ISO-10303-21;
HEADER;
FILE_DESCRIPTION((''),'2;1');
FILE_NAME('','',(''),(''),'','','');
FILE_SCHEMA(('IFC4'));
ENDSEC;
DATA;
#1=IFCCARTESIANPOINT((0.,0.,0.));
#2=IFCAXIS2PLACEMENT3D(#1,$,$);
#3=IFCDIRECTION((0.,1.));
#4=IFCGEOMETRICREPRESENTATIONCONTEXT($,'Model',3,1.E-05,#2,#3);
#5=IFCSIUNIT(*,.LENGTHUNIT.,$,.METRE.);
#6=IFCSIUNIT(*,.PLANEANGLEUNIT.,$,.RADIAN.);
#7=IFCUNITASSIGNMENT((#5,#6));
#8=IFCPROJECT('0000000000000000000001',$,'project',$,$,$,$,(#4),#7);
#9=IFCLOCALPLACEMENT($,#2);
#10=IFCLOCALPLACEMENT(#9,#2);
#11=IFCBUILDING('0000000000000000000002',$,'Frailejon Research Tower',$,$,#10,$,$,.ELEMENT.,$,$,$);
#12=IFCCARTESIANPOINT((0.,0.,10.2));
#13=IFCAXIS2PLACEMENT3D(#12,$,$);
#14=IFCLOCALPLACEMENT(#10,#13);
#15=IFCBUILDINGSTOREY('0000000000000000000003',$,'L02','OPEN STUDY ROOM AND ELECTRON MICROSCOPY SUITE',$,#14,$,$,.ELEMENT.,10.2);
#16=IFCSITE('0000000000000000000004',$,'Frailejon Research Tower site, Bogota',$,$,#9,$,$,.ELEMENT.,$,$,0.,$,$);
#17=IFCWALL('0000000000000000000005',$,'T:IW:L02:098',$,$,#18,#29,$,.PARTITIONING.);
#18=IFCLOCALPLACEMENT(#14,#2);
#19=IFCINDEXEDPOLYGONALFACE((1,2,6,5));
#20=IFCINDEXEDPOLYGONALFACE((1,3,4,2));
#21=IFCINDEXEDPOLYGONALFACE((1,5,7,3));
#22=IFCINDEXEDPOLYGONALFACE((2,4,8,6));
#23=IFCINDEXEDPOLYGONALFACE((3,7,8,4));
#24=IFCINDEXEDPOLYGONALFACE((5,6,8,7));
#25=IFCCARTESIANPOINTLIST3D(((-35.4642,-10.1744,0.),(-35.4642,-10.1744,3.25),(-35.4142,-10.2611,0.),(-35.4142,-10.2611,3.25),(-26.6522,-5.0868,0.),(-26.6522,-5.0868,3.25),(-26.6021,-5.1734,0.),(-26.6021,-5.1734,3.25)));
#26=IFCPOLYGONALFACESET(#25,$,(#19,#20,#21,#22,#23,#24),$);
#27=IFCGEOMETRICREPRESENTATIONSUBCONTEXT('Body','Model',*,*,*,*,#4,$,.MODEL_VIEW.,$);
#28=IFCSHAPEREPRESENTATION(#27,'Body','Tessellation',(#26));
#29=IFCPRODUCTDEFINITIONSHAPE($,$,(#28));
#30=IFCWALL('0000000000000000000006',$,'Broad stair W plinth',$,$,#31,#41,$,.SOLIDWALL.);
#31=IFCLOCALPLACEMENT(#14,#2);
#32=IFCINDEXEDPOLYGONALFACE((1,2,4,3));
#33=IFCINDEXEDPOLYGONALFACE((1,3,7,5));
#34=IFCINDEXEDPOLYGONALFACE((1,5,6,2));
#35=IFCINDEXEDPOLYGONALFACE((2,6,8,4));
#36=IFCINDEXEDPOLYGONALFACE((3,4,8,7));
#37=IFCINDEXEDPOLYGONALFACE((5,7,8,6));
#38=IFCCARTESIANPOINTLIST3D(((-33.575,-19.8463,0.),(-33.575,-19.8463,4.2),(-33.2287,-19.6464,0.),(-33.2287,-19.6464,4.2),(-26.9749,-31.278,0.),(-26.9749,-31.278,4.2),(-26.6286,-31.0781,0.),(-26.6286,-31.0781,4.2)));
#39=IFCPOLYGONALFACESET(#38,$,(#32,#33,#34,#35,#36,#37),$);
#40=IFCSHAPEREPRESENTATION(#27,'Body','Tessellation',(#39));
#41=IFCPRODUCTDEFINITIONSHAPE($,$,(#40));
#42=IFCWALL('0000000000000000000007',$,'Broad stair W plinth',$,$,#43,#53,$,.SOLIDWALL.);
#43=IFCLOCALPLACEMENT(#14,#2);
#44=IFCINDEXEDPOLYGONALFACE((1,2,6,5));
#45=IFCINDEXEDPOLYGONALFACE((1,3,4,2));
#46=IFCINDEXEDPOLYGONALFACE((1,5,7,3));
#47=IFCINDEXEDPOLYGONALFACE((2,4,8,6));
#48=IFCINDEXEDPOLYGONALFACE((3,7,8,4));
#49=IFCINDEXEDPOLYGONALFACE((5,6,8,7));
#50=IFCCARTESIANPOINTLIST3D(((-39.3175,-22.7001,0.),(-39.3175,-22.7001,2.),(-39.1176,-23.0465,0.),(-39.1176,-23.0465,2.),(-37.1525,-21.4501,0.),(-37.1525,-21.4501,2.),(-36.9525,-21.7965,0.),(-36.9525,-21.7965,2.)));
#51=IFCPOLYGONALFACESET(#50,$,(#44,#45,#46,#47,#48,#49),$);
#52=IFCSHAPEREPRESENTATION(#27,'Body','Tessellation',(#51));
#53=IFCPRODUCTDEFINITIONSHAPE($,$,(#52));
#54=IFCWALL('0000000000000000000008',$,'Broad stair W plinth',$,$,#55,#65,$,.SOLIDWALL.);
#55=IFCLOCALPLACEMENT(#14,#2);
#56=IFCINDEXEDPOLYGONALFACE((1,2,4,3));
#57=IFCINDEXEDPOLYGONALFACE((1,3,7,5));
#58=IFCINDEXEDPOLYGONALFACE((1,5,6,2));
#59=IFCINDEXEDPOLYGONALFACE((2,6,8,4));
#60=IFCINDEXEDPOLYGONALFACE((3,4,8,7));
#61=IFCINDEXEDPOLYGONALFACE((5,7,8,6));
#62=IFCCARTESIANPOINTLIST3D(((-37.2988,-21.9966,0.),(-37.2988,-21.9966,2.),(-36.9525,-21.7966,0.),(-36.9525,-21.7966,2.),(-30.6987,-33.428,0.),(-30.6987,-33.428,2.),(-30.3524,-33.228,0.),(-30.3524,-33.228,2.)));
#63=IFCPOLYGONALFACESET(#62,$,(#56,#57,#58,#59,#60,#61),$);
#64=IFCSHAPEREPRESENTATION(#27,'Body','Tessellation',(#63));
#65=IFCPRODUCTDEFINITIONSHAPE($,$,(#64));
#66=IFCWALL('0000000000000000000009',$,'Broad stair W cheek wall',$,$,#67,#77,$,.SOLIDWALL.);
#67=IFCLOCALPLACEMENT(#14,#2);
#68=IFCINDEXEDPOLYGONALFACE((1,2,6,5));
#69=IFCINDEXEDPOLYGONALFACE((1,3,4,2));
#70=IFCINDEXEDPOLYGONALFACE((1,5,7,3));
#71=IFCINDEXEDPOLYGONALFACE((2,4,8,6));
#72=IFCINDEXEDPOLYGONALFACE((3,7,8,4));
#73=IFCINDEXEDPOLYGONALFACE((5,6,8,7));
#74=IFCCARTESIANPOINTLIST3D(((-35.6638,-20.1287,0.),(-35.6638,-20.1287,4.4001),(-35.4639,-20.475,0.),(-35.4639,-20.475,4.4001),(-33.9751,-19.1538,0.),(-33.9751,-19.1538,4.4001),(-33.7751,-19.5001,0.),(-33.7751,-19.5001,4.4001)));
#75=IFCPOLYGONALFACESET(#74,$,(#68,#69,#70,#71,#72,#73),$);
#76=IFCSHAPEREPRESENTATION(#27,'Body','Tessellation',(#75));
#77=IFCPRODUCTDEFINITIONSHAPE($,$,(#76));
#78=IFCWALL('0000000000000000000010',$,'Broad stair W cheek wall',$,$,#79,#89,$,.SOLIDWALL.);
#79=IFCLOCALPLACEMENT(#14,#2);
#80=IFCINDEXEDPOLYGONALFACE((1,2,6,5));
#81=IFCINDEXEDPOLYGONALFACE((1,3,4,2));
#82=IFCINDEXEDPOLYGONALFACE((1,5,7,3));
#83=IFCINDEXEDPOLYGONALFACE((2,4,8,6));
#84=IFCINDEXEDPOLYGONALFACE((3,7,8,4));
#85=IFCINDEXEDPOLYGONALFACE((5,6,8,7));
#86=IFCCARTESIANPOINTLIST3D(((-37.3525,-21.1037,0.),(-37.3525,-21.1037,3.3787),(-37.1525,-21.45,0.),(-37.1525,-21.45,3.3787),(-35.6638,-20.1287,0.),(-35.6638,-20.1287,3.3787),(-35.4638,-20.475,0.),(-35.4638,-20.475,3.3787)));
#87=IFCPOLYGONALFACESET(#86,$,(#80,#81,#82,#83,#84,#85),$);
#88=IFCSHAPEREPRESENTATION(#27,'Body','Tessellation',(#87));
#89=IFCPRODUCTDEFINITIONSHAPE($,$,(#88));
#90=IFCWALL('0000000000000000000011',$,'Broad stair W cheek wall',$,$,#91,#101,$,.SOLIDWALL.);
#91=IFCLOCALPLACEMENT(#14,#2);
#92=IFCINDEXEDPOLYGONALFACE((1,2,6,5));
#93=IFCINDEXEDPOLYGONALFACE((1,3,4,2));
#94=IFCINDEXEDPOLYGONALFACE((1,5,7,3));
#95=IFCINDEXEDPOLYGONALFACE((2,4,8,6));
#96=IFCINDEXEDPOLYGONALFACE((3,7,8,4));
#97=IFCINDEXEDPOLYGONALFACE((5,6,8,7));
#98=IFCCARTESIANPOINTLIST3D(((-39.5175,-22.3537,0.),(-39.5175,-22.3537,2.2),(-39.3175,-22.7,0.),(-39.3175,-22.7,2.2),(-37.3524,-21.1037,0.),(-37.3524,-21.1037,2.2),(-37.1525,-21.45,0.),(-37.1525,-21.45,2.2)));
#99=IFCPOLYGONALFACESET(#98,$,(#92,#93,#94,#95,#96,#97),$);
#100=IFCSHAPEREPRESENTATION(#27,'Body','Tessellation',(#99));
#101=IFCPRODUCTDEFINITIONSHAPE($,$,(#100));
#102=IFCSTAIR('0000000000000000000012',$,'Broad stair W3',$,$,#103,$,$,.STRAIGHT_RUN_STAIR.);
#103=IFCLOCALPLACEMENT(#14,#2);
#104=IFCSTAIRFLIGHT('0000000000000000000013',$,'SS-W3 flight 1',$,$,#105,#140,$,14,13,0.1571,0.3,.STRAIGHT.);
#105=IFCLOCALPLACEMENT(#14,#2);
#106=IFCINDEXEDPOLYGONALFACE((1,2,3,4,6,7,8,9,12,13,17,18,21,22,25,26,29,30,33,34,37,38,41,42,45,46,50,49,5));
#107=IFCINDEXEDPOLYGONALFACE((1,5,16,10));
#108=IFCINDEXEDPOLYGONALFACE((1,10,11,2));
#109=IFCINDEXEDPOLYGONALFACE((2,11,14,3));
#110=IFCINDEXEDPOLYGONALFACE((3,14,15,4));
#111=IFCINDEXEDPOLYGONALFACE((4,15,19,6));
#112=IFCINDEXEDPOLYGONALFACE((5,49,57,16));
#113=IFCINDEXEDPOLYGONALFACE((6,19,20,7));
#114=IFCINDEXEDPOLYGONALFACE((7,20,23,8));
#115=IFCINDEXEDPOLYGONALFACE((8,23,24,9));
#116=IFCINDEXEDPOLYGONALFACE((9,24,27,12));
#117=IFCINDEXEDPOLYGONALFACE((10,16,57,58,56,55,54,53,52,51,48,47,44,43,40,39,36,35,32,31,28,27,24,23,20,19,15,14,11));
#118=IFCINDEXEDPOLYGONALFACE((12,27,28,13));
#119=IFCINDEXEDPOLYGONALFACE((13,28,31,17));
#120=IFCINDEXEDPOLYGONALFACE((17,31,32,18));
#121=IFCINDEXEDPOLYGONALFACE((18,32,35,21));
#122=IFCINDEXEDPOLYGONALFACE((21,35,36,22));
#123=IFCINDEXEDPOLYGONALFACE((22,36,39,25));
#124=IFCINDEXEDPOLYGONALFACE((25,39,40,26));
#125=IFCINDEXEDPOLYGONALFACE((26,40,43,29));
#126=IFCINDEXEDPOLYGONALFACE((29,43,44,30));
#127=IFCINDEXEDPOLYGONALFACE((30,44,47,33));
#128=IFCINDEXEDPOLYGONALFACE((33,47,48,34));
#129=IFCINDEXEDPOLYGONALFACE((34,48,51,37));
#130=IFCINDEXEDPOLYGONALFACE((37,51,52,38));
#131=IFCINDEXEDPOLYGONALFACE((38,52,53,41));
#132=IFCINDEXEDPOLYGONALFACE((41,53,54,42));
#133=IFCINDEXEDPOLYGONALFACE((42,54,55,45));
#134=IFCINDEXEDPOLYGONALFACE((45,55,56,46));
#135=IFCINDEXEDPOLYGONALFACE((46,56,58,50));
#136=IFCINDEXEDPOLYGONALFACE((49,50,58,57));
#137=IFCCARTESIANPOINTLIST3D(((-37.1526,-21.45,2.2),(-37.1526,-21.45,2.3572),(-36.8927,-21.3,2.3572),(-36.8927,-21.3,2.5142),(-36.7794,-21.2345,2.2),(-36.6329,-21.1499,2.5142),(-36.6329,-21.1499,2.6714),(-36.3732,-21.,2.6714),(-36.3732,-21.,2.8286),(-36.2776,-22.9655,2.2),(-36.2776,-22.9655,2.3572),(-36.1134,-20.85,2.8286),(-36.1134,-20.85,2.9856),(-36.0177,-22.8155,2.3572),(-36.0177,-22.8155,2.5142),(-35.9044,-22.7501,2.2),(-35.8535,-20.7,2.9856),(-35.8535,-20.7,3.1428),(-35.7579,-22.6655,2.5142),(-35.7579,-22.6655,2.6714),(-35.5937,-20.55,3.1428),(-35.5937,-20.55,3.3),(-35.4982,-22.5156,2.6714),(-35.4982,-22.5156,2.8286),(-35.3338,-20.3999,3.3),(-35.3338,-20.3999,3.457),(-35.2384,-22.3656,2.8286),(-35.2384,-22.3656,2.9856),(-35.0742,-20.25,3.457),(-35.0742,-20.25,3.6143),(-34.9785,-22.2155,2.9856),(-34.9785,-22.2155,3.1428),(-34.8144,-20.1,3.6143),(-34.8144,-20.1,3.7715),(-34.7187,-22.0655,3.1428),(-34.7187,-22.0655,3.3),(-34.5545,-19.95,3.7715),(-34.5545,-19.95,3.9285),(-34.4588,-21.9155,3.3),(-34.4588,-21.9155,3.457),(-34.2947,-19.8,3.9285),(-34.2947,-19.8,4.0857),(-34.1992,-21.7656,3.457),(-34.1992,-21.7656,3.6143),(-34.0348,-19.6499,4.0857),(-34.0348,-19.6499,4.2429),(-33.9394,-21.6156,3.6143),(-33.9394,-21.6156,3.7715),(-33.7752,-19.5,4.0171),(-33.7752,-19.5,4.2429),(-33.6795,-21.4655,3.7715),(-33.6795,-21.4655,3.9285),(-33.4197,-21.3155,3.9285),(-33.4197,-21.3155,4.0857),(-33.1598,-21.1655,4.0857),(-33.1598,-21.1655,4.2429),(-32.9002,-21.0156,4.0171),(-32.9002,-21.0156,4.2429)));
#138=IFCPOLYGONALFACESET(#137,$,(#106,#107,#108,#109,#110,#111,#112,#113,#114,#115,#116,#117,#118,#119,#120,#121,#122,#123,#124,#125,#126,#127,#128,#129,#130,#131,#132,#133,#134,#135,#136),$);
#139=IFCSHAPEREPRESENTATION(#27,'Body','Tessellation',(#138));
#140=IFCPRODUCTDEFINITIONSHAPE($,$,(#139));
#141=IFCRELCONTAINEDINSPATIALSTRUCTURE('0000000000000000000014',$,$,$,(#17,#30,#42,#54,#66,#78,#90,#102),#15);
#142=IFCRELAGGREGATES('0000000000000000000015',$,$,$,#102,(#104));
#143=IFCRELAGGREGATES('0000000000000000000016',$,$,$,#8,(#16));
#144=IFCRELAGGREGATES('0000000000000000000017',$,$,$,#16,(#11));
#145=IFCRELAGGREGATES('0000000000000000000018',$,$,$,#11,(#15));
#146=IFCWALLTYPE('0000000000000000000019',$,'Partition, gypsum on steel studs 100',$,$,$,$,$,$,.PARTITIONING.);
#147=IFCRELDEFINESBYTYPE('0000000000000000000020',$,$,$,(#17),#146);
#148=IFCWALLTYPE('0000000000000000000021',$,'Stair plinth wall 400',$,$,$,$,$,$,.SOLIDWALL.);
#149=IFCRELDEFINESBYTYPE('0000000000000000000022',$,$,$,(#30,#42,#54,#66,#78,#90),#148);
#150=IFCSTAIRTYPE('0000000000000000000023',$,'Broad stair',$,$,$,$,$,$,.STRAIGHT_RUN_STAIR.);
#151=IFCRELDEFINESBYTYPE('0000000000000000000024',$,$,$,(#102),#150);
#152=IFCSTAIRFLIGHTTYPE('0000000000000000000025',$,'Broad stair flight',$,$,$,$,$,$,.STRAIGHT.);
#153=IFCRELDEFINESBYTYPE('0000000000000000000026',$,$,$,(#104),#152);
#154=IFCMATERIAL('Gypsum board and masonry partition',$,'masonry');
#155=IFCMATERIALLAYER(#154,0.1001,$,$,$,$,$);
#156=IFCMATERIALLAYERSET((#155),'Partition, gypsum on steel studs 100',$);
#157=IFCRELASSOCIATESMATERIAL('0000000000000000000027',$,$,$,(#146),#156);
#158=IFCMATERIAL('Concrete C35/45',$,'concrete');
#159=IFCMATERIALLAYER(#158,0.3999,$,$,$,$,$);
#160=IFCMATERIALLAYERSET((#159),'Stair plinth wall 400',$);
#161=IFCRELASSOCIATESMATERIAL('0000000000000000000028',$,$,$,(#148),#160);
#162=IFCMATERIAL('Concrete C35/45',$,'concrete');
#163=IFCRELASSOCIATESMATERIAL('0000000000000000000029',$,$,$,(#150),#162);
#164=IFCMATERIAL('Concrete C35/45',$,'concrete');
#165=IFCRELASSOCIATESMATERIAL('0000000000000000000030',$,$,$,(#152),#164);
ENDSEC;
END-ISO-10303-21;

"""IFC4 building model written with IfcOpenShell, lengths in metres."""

from ifc_helpers import new_model, si_unit, direction, frame, frame_2d, origin, place, context, subcontext, project, spatial, polyline, rectangle, outline, extrude, material, layer, layer_set, type_object, element, aggregate, save


model = new_model("IFC4")

# Units and contexts
model_context = context("Model", 3, precision=1e-05, world=origin(), true_north=direction((0.0, 1.0)))
body_context = subcontext(model_context, "Body", "Model", "MODEL_VIEW")
ifc_project = project(units=[si_unit("LENGTHUNIT", "METRE"), si_unit("PLANEANGLEUNIT", "RADIAN")], contexts=[model_context])

# Site, building, storey
site_placement = place(None, origin())
site = spatial("IfcSite", under=ifc_project, at=site_placement, Name="Frailejon Research Tower site, Bogota", CompositionType="ELEMENT", RefElevation=0.0)
building_placement = place(site_placement, origin())
building = spatial("IfcBuilding", under=site, at=building_placement, Name="Frailejon Research Tower", CompositionType="ELEMENT")
storey_placement = place(building_placement, frame((0.0, 0.0, 10.2)))
storey = spatial("IfcBuildingStorey", under=building, at=storey_placement, Name="L02", Description="OPEN STUDY ROOM AND ELECTRON MICROSCOPY SUITE", CompositionType="ELEMENT", Elevation=10.2)

# Shared definitions
ifc_material_1 = material(Name="Gypsum board and masonry partition", Category="masonry")
ifc_layer_1 = layer(ifc_material_1, 0.1001)
ifc_layer_set_1 = layer_set([ifc_layer_1], Name="Partition, gypsum on steel studs 100")
wall_type_1 = type_object("IfcWallType", Name="Partition, gypsum on steel studs 100", PredefinedType="PARTITIONING", material=ifc_layer_set_1)

# Walls
wall_1_placement = place(storey_placement, frame((-35.4392, -10.2178, 0.0), z_axis=(0.0, 0.0, 1.0), x_axis=(0.866024, 0.500002, 0.0)))
element("IfcWall", 1, at=wall_1_placement, inside=storey, type_object=wall_type_1, Name="T:IW:L02:098", PredefinedType="PARTITIONING", context=body_context, shape_type="SweptSolid", body=[
    extrude(rectangle(XDim=10.1753, YDim=0.1001, at=frame_2d((5.0876, 0.0))), origin(), (0.0, 0.0, 1.0), 3.25),
])
ifc_material_2 = material(Name="Concrete C35/45", Category="concrete")
ifc_layer_2 = layer(ifc_material_2, 0.3999)
ifc_layer_set_2 = layer_set([ifc_layer_2], Name="Stair plinth wall 400")
wall_type_2 = type_object("IfcWallType", Name="Stair plinth wall 400", PredefinedType="SOLIDWALL", material=ifc_layer_set_2)
wall_2_placement = place(storey_placement, frame((-33.4019, -19.7463, 0.0), z_axis=(0.0, 0.0, 1.0), x_axis=(0.500002, -0.866024, 0.0)))
element("IfcWall", 2, at=wall_2_placement, inside=storey, type_object=wall_type_2, Name="Broad stair W plinth", PredefinedType="SOLIDWALL", context=body_context, shape_type="SweptSolid", body=[
    extrude(rectangle(XDim=13.2002, YDim=0.3999, at=frame_2d((6.6001, 0.0))), origin(), (0.0, 0.0, 1.0), 4.2),
])
wall_3_placement = place(storey_placement, frame((-37.0525, -21.6233, 0.0), z_axis=(0.0, 0.0, 1.0), x_axis=(-0.866023, -0.500004, 0.0)))
element("IfcWall", 3, at=wall_3_placement, inside=storey, type_object=wall_type_2, Name="Broad stair W plinth", PredefinedType="SOLIDWALL", context=body_context, shape_type="SweptSolid", body=[
    extrude(rectangle(XDim=2.5, YDim=0.3999, at=frame_2d((1.25, 0.0))), origin(), (0.0, 0.0, 1.0), 2.0),
])
wall_4_placement = place(storey_placement, frame((-37.1257, -21.8965, 0.0), z_axis=(0.0, 0.0, 1.0), x_axis=(0.50001, -0.86602, 0.0)))
element("IfcWall", 4, at=wall_4_placement, inside=storey, type_object=wall_type_2, Name="Broad stair W plinth", PredefinedType="SOLIDWALL", context=body_context, shape_type="SweptSolid", body=[
    extrude(rectangle(XDim=13.2, YDim=0.3999, at=frame_2d((6.6001, 0.0))), origin(), (0.0, 0.0, 1.0), 2.0),
])
wall_5_placement = place(storey_placement, frame((-33.875, -19.3269, 0.0), z_axis=(0.0, 0.0, 1.0), x_axis=(-0.866054, -0.49995, 0.0)))
element("IfcWall", 5, at=wall_5_placement, inside=storey, type_object=wall_type_2, Name="Broad stair W cheek wall", PredefinedType="SOLIDWALL", context=body_context, shape_type="SweptSolid", body=[
    extrude(rectangle(XDim=1.95, YDim=0.3999, at=frame_2d((0.9751, 0.0))), origin(), (0.0, 0.0, 1.0), 4.4001),
])
wall_6_placement = place(storey_placement, frame((-35.5637, -20.3018, 0.0), z_axis=(0.0, 0.0, 1.0), x_axis=(-0.866, -0.500044, 0.0)))
element("IfcWall", 6, at=wall_6_placement, inside=storey, type_object=wall_type_2, Name="Broad stair W cheek wall", PredefinedType="SOLIDWALL", context=body_context, shape_type="SweptSolid", body=[
    extrude(rectangle(XDim=1.95, YDim=0.3999, at=frame_2d((0.9751, 0.0))), origin(), (0.0, 0.0, 1.0), 3.3787),
])
wall_7_placement = place(storey_placement, frame((-37.2524, -21.2769, 0.0), z_axis=(0.0, 0.0, 1.0), x_axis=(-0.866023, -0.500004, 0.0)))
element("IfcWall", 7, at=wall_7_placement, inside=storey, type_object=wall_type_2, Name="Broad stair W cheek wall", PredefinedType="SOLIDWALL", context=body_context, shape_type="SweptSolid", body=[
    extrude(rectangle(XDim=2.5, YDim=0.3999, at=frame_2d((1.25, 0.0))), origin(), (0.0, 0.0, 1.0), 2.2),
])

# Stair, stair flight
ifc_material_3 = material(Name="Concrete C35/45", Category="concrete")
stair_type = type_object("IfcStairType", Name="Broad stair", PredefinedType="STRAIGHT_RUN_STAIR", material=ifc_material_3)
stair_placement = place(storey_placement, origin())
stair = element("IfcStair", 8, at=stair_placement, inside=storey, type_object=stair_type, Name="Broad stair W3", PredefinedType="STRAIGHT_RUN_STAIR")
ifc_material_4 = material(Name="Concrete C35/45", Category="concrete")
stair_flight_type = type_object("IfcStairFlightType", Name="Broad stair flight", PredefinedType="STRAIGHT", material=ifc_material_4)
stair_flight_placement = place(storey_placement, frame((-36.7151, -22.2078, 2.2), z_axis=(0.0, 0.0, 1.0), x_axis=(0.866025, 0.5, 0.0)))
stair_flight = element("IfcStairFlight", 9, at=stair_flight_placement, type_object=stair_flight_type, Name="SS-W3 flight 1", NumberOfRisers=14, NumberOfTreads=13, PredefinedType="STRAIGHT", RiserHeight=0.1571, TreadLength=0.3, context=body_context, shape_type="SweptSolid", body=[
    extrude(outline(polyline([(0.0, 0.0), (0.0, 0.1572), (0.3, 0.1572), (0.3, 0.3142), (0.6001, 0.3142), (0.6001, 0.4714), (0.8999, 0.4714), (0.8999, 0.6287), (1.2, 0.6287), (1.2, 0.7856), (1.5, 0.7856), (1.5, 0.9429), (1.8, 0.9429), (1.8, 1.1001), (2.1001, 1.1001), (2.1001, 1.2571), (2.3999, 1.2571), (2.3999, 1.4143), (2.7, 1.4143), (2.7, 1.5715), (3.0, 1.5715), (3.0, 1.7285), (3.3, 1.7285), (3.3, 1.8857), (3.6001, 1.8857), (3.6001, 2.043), (3.8999, 2.043), (3.8999, 2.2), (3.8999, 1.8171), (0.4309, 0.0), (0.0, 0.0)])), frame((0.0, 0.875, 0.0), z_axis=(0.0, -1.0, 0.0), x_axis=(1.0, 0.0, 0.0)), (0.0, 0.0, 1.0), 1.75),
])
aggregate(stair, [stair_flight])

save(model, "model.ifc")
